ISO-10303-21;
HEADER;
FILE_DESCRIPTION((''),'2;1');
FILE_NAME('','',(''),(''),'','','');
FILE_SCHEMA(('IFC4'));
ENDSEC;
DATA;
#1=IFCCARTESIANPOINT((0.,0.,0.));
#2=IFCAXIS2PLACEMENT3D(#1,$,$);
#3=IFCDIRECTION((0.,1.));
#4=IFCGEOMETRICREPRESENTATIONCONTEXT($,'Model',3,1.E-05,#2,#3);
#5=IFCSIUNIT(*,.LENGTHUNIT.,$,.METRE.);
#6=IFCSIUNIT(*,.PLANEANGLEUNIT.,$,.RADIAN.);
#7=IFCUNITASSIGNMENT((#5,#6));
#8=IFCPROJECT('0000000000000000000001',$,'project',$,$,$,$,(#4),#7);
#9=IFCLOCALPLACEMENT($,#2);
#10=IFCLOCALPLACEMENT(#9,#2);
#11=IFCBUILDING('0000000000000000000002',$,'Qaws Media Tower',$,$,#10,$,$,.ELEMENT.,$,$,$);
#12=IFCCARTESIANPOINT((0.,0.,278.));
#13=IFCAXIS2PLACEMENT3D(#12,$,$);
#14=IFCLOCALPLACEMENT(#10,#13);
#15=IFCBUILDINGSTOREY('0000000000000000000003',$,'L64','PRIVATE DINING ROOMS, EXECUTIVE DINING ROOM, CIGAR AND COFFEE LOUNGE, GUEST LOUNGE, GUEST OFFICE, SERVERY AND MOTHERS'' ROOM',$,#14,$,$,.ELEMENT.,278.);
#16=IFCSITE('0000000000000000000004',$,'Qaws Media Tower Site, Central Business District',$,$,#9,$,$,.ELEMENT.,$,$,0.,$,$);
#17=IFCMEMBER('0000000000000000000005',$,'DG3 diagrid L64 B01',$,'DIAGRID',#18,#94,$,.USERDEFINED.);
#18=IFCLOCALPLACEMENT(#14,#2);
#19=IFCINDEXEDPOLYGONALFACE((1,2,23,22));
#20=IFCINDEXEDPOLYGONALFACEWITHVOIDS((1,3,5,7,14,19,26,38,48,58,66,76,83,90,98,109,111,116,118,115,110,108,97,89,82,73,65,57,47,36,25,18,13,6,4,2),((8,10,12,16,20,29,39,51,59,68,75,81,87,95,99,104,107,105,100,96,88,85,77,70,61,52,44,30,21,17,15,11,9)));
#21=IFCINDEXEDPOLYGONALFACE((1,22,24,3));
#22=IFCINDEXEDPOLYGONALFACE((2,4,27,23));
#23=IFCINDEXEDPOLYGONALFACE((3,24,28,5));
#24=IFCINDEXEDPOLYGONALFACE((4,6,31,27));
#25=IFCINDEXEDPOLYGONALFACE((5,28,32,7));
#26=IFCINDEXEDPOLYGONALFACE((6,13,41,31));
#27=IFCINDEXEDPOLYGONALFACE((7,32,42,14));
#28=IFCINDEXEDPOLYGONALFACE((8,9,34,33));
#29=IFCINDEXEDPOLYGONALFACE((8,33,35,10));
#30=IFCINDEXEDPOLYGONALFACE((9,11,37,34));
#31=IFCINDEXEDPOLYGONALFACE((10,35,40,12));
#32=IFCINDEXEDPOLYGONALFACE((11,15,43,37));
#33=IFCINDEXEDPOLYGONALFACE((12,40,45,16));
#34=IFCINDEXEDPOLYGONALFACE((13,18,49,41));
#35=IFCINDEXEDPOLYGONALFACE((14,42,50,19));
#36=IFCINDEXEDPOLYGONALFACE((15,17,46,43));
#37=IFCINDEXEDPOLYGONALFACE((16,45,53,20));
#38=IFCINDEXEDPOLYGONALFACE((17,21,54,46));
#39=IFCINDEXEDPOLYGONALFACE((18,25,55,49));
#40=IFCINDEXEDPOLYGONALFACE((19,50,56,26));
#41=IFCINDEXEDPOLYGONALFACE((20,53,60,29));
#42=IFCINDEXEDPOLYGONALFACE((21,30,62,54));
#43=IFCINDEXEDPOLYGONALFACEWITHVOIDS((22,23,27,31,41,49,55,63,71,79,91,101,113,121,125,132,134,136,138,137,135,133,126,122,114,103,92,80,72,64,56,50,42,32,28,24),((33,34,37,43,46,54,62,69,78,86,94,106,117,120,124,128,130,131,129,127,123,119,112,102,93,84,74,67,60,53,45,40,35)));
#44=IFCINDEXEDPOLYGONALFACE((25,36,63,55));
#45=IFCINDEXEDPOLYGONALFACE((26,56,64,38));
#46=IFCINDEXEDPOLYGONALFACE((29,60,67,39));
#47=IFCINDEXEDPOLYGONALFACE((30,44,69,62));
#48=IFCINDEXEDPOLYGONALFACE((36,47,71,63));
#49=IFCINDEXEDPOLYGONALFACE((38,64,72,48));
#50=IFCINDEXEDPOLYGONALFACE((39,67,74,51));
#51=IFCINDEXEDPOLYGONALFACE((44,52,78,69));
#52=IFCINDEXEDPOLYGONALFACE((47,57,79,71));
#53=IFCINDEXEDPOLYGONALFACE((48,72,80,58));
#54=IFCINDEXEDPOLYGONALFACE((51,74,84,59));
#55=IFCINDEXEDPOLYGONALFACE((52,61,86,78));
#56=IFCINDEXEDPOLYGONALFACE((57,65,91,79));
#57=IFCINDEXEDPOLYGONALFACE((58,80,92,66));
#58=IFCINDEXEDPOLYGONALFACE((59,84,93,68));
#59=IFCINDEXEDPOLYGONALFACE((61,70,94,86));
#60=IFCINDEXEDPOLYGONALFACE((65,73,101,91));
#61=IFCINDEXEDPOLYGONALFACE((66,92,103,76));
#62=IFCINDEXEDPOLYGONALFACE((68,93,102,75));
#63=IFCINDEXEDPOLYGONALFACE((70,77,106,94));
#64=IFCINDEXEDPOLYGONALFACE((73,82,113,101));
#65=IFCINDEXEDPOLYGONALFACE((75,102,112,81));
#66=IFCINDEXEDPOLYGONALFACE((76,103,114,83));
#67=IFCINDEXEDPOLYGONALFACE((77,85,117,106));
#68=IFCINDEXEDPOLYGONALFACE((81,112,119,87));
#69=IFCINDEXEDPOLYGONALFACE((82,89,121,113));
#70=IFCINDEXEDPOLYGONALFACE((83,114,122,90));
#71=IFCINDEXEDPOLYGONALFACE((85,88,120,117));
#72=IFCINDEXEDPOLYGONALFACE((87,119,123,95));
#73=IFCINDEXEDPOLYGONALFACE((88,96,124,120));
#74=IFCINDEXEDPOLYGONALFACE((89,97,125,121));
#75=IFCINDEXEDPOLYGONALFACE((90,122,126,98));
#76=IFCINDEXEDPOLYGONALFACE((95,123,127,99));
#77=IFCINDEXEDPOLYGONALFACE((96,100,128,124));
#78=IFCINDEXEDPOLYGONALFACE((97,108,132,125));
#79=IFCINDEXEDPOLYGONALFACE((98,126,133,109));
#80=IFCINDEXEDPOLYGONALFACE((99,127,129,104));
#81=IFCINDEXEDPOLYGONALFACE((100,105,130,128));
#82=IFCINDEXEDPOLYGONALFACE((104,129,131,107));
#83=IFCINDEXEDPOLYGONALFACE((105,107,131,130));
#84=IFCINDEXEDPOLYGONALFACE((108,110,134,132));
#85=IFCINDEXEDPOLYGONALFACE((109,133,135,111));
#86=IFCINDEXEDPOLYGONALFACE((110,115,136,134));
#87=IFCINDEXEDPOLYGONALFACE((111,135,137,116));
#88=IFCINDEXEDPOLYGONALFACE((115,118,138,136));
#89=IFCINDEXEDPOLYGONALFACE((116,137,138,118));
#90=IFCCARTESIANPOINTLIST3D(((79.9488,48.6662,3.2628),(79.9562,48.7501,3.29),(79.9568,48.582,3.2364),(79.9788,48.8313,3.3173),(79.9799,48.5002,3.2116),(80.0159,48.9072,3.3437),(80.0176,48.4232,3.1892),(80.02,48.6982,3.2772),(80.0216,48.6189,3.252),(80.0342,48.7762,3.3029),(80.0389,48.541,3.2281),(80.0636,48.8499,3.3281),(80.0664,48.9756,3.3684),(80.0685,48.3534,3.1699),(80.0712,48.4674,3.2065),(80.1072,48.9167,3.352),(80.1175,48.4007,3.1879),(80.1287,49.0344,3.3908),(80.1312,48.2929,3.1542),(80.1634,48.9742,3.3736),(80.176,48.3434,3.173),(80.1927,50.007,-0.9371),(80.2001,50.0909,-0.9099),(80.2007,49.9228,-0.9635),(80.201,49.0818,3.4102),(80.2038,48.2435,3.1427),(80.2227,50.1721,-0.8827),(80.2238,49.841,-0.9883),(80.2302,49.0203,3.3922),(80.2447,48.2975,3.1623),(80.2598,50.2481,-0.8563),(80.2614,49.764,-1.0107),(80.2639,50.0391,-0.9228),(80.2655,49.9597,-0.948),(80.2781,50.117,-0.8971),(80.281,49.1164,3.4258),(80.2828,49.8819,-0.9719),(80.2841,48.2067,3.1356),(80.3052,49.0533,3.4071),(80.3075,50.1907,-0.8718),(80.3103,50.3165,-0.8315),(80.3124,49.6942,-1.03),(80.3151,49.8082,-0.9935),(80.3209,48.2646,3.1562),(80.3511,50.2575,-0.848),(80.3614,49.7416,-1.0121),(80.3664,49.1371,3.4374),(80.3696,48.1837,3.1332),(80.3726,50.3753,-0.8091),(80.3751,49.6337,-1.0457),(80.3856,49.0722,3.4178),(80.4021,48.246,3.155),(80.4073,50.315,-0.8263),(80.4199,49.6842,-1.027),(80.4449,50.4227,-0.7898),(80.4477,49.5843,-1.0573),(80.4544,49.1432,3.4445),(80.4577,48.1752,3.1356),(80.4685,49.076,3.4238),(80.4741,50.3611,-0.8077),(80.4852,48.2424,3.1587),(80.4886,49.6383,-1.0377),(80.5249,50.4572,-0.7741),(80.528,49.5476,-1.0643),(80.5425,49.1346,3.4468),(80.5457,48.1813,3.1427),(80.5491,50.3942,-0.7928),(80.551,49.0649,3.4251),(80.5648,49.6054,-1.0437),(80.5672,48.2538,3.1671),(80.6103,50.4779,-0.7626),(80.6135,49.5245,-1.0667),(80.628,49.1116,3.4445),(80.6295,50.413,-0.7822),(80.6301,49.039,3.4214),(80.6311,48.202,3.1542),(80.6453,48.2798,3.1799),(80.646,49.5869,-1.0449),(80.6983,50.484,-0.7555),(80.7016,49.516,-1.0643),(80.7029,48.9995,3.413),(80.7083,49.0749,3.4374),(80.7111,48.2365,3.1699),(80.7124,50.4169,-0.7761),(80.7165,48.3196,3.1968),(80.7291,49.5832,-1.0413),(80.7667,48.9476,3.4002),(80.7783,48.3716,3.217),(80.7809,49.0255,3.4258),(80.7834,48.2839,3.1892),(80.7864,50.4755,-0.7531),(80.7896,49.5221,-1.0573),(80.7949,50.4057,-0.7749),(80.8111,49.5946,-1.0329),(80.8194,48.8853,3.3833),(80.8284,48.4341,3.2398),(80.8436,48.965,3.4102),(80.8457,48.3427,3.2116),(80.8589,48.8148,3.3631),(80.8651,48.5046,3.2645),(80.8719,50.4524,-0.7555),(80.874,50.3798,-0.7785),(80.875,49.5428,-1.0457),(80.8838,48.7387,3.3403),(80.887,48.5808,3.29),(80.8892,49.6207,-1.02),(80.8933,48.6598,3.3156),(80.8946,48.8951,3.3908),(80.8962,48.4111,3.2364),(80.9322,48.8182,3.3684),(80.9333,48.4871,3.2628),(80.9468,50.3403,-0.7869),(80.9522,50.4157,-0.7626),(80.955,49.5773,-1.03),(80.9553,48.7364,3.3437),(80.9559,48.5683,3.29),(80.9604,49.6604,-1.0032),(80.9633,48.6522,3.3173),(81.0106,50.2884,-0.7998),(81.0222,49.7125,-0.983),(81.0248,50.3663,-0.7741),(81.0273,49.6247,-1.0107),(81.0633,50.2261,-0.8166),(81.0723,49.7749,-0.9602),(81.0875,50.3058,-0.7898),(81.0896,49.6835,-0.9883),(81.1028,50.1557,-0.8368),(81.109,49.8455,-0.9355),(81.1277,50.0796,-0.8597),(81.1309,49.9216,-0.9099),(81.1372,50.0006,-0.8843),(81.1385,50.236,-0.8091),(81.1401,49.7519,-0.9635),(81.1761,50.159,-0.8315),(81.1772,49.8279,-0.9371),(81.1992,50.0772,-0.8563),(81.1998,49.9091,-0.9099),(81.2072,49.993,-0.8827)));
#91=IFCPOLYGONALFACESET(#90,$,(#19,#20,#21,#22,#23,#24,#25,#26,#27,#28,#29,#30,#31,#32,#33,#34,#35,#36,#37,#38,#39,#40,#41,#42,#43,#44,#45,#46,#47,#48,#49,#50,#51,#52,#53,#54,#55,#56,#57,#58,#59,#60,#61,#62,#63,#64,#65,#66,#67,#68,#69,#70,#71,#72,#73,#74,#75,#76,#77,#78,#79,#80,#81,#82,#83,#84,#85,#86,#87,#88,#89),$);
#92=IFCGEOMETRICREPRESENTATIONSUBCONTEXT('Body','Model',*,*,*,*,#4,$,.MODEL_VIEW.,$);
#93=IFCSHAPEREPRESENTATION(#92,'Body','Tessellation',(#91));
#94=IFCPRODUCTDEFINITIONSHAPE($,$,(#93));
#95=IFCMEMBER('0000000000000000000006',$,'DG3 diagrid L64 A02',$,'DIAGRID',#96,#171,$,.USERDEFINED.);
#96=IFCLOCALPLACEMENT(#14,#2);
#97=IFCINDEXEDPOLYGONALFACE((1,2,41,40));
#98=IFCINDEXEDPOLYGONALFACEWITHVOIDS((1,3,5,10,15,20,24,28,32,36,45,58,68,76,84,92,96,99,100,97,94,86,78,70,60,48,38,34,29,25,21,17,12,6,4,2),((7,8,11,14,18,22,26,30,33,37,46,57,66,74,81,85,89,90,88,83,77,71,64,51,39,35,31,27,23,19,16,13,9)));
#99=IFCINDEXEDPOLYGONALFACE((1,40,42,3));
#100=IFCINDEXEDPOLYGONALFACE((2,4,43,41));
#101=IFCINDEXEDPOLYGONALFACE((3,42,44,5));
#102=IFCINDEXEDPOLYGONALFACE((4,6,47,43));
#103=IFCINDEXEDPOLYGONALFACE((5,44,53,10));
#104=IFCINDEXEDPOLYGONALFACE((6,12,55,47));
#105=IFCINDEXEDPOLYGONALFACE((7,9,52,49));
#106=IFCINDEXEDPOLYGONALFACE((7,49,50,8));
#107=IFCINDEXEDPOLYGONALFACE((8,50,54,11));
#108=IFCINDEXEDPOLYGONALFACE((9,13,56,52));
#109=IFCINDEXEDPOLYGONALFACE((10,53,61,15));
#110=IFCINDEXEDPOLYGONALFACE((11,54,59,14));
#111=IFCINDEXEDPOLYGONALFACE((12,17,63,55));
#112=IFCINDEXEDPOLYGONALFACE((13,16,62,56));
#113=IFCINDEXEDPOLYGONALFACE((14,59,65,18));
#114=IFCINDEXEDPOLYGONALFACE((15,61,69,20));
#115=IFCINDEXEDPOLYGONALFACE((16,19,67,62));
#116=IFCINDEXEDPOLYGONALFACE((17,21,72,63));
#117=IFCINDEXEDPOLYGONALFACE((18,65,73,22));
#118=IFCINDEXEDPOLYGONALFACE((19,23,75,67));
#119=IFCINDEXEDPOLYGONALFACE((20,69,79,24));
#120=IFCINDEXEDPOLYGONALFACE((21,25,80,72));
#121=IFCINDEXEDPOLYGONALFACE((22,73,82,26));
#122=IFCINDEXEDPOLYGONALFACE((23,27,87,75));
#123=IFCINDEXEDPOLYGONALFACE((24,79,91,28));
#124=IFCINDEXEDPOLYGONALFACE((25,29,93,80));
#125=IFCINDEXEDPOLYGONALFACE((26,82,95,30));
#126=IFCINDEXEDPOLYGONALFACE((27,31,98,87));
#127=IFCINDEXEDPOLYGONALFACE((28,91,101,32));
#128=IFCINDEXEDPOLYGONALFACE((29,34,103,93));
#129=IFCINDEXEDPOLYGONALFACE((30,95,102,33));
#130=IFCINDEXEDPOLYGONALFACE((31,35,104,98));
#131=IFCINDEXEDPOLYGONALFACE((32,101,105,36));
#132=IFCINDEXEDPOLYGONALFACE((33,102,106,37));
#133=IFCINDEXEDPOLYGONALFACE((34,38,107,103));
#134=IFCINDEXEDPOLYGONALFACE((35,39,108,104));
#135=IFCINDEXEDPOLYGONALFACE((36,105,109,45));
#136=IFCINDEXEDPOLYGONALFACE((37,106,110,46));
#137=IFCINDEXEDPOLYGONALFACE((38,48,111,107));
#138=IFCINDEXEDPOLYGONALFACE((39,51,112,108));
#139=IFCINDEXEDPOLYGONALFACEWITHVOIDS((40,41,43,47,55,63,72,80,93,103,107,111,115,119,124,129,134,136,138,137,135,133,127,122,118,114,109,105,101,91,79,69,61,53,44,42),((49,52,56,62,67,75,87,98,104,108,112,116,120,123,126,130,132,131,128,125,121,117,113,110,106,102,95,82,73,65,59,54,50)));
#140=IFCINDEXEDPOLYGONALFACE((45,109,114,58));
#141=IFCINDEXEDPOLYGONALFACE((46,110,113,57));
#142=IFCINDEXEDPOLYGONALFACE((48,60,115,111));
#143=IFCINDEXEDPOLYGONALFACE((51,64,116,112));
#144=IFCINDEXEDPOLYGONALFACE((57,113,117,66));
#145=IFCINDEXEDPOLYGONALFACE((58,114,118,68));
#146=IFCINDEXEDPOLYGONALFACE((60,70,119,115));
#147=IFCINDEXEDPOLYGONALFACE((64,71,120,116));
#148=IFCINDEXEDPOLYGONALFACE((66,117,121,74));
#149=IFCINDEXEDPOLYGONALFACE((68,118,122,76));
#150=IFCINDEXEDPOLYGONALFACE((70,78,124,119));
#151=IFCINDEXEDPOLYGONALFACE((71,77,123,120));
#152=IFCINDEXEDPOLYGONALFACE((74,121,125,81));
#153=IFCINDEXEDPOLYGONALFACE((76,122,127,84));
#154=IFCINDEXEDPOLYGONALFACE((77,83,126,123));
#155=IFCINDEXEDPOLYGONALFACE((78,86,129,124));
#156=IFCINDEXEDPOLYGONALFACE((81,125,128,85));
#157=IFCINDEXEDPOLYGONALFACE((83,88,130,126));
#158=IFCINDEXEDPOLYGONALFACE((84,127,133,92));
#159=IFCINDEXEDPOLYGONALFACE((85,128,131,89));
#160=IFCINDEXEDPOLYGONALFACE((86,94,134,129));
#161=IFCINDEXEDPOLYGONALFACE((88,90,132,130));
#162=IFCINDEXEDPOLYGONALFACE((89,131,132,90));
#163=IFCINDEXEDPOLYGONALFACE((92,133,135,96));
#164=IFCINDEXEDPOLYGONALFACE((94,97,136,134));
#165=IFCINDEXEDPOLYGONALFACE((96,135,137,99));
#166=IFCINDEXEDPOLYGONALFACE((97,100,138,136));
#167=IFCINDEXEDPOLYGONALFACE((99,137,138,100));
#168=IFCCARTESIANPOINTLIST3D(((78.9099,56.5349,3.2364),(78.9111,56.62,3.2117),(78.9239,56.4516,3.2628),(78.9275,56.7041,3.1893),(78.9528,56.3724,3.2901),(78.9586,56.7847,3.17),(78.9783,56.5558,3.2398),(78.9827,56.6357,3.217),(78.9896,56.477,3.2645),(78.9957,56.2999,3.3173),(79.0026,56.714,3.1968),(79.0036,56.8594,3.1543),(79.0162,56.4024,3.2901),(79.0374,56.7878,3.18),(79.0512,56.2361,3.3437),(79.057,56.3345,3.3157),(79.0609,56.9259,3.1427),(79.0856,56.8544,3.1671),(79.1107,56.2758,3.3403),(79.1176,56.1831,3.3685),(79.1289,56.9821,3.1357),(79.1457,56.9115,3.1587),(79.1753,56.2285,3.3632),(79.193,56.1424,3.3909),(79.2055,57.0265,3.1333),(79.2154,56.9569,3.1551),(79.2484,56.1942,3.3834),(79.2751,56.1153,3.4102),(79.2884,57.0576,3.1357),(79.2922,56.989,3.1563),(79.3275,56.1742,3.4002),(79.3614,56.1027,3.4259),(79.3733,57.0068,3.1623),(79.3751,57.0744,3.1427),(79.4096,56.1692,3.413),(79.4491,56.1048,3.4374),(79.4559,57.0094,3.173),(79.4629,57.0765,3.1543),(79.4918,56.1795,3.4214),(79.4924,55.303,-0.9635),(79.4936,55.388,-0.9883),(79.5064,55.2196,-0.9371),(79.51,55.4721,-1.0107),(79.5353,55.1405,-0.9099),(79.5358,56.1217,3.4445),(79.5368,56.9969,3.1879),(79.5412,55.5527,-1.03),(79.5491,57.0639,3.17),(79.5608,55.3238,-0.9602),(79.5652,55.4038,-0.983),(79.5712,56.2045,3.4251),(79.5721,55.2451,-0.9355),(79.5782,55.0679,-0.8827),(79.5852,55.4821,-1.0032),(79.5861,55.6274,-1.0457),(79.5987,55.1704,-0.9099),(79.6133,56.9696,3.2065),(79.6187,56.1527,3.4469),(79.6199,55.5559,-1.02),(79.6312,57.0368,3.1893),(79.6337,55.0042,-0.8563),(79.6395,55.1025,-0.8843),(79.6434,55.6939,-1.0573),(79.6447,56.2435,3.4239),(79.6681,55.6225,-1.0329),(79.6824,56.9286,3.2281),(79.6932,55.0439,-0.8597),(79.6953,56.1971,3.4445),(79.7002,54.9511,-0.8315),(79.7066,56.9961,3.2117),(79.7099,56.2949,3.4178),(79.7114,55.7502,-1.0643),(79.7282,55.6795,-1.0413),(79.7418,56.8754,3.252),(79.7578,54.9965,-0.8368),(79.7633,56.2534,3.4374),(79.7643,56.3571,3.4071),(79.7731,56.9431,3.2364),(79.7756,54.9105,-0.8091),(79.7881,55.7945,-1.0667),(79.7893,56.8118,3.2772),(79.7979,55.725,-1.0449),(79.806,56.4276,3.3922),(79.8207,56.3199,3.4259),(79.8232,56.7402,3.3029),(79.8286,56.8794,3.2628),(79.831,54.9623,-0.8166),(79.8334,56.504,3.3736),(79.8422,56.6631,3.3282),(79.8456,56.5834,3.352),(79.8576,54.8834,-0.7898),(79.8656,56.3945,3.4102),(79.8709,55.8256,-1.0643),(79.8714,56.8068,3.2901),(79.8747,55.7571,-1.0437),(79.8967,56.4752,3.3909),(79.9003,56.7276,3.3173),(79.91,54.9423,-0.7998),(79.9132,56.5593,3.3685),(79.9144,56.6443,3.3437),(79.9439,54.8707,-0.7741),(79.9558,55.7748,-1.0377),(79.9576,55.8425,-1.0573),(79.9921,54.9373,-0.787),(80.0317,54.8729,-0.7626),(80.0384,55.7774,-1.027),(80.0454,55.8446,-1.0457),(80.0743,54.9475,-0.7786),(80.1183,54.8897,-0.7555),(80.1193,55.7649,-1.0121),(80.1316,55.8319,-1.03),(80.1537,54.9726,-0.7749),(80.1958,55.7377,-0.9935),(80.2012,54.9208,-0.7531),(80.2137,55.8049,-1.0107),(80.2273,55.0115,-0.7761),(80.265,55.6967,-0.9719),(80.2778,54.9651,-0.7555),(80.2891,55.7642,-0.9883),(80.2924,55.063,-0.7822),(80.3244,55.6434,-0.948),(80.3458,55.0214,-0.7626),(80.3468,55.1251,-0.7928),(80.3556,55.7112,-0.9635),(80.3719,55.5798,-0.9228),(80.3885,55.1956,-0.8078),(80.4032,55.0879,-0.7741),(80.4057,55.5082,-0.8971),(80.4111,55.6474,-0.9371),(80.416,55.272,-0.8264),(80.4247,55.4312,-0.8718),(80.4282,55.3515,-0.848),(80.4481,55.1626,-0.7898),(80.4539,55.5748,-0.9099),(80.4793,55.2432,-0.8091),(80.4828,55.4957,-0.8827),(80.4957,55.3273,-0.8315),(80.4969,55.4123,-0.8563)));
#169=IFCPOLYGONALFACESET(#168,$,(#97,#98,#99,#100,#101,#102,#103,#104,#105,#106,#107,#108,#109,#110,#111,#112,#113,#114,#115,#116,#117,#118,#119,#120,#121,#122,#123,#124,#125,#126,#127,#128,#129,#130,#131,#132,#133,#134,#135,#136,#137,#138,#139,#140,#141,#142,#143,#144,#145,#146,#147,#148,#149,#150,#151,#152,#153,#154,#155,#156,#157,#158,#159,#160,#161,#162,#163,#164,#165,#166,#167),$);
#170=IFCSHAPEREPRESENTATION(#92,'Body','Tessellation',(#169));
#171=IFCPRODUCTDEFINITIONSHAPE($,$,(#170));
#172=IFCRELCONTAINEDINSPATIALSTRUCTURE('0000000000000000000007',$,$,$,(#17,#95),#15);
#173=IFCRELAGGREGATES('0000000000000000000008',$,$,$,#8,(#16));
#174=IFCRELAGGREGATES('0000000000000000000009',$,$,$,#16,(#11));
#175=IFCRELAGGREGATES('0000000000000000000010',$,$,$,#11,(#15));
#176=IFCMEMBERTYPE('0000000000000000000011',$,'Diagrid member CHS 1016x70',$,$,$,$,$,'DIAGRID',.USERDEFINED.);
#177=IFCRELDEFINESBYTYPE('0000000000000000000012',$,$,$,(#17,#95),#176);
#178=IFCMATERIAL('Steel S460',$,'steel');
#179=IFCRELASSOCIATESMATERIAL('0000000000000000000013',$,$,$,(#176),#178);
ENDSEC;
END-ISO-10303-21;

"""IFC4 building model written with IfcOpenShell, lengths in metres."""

from ifc_helpers import new_model, si_unit, direction, frame, origin, origin_2d, place, context, subcontext, project, spatial, hollow_circle, extrude, material, material_profile, profile_set, type_object, element, save


model = new_model("IFC4")

# Units and contexts
model_context = context("Model", 3, precision=1e-05, world=origin(), true_north=direction((0.0, 1.0)))
body_context = subcontext(model_context, "Body", "Model", "MODEL_VIEW")
ifc_project = project(units=[si_unit("LENGTHUNIT", "METRE"), si_unit("PLANEANGLEUNIT", "RADIAN")], contexts=[model_context])

# Site, building, storey
site_placement = place(None, origin())
site = spatial("IfcSite", under=ifc_project, at=site_placement, Name="Qaws Media Tower Site, Central Business District", CompositionType="ELEMENT", RefElevation=0.0)
building_placement = place(site_placement, origin())
building = spatial("IfcBuilding", under=site, at=building_placement, Name="Qaws Media Tower", CompositionType="ELEMENT")
storey_placement = place(building_placement, frame((0.0, 0.0, 278.0)))
storey = spatial("IfcBuildingStorey", under=building, at=storey_placement, Name="L64", Description="PRIVATE DINING ROOMS, EXECUTIVE DINING ROOM, CIGAR AND COFFEE LOUNGE, GUEST LOUNGE, GUEST OFFICE, SERVERY AND MOTHERS' ROOM", CompositionType="ELEMENT", Elevation=278.0)

# Members
ifc_material_1 = material(Name="Steel S460", Category="steel")
ifc_material_profile_1 = material_profile(ifc_material_1, hollow_circle(Radius=0.5081, WallThickness=0.0701, at=origin_2d()), Name="CHS 1016x70")
ifc_profile_set_1 = profile_set([ifc_material_profile_1], Name="Steel S460")
member_type_1 = type_object("IfcMemberType", Name="Diagrid member CHS 1016x70", ElementType="DIAGRID", PredefinedType="USERDEFINED", material=ifc_profile_set_1)
for number, where, z_axis, x_axis, name in (
    (1, (80.7, 50.0, -0.9099), (-0.055236, -0.30366, 0.951178), (0.983856, -0.178964, 0.0), "DG3 diagrid L64 B01"),
    (2, (79.9946, 55.3577, -0.9099), (-0.131926, 0.279002, 0.951185), (-0.904029, -0.42747, 0.0), "DG3 diagrid L64 A02"),
):
    element("IfcMember", number, at=place(storey_placement, frame(where, z_axis=z_axis, x_axis=x_axis)), inside=storey, type_object=member_type_1, Name=name, ObjectType="DIAGRID", PredefinedType="USERDEFINED", context=body_context, shape_type="SweptSolid", body=[
        extrude(hollow_circle(Radius=0.5081, WallThickness=0.0701, at=origin_2d()), origin(), (0.0, 0.0, 1.0), 4.4155),
    ])

save(model, "model.ifc")
